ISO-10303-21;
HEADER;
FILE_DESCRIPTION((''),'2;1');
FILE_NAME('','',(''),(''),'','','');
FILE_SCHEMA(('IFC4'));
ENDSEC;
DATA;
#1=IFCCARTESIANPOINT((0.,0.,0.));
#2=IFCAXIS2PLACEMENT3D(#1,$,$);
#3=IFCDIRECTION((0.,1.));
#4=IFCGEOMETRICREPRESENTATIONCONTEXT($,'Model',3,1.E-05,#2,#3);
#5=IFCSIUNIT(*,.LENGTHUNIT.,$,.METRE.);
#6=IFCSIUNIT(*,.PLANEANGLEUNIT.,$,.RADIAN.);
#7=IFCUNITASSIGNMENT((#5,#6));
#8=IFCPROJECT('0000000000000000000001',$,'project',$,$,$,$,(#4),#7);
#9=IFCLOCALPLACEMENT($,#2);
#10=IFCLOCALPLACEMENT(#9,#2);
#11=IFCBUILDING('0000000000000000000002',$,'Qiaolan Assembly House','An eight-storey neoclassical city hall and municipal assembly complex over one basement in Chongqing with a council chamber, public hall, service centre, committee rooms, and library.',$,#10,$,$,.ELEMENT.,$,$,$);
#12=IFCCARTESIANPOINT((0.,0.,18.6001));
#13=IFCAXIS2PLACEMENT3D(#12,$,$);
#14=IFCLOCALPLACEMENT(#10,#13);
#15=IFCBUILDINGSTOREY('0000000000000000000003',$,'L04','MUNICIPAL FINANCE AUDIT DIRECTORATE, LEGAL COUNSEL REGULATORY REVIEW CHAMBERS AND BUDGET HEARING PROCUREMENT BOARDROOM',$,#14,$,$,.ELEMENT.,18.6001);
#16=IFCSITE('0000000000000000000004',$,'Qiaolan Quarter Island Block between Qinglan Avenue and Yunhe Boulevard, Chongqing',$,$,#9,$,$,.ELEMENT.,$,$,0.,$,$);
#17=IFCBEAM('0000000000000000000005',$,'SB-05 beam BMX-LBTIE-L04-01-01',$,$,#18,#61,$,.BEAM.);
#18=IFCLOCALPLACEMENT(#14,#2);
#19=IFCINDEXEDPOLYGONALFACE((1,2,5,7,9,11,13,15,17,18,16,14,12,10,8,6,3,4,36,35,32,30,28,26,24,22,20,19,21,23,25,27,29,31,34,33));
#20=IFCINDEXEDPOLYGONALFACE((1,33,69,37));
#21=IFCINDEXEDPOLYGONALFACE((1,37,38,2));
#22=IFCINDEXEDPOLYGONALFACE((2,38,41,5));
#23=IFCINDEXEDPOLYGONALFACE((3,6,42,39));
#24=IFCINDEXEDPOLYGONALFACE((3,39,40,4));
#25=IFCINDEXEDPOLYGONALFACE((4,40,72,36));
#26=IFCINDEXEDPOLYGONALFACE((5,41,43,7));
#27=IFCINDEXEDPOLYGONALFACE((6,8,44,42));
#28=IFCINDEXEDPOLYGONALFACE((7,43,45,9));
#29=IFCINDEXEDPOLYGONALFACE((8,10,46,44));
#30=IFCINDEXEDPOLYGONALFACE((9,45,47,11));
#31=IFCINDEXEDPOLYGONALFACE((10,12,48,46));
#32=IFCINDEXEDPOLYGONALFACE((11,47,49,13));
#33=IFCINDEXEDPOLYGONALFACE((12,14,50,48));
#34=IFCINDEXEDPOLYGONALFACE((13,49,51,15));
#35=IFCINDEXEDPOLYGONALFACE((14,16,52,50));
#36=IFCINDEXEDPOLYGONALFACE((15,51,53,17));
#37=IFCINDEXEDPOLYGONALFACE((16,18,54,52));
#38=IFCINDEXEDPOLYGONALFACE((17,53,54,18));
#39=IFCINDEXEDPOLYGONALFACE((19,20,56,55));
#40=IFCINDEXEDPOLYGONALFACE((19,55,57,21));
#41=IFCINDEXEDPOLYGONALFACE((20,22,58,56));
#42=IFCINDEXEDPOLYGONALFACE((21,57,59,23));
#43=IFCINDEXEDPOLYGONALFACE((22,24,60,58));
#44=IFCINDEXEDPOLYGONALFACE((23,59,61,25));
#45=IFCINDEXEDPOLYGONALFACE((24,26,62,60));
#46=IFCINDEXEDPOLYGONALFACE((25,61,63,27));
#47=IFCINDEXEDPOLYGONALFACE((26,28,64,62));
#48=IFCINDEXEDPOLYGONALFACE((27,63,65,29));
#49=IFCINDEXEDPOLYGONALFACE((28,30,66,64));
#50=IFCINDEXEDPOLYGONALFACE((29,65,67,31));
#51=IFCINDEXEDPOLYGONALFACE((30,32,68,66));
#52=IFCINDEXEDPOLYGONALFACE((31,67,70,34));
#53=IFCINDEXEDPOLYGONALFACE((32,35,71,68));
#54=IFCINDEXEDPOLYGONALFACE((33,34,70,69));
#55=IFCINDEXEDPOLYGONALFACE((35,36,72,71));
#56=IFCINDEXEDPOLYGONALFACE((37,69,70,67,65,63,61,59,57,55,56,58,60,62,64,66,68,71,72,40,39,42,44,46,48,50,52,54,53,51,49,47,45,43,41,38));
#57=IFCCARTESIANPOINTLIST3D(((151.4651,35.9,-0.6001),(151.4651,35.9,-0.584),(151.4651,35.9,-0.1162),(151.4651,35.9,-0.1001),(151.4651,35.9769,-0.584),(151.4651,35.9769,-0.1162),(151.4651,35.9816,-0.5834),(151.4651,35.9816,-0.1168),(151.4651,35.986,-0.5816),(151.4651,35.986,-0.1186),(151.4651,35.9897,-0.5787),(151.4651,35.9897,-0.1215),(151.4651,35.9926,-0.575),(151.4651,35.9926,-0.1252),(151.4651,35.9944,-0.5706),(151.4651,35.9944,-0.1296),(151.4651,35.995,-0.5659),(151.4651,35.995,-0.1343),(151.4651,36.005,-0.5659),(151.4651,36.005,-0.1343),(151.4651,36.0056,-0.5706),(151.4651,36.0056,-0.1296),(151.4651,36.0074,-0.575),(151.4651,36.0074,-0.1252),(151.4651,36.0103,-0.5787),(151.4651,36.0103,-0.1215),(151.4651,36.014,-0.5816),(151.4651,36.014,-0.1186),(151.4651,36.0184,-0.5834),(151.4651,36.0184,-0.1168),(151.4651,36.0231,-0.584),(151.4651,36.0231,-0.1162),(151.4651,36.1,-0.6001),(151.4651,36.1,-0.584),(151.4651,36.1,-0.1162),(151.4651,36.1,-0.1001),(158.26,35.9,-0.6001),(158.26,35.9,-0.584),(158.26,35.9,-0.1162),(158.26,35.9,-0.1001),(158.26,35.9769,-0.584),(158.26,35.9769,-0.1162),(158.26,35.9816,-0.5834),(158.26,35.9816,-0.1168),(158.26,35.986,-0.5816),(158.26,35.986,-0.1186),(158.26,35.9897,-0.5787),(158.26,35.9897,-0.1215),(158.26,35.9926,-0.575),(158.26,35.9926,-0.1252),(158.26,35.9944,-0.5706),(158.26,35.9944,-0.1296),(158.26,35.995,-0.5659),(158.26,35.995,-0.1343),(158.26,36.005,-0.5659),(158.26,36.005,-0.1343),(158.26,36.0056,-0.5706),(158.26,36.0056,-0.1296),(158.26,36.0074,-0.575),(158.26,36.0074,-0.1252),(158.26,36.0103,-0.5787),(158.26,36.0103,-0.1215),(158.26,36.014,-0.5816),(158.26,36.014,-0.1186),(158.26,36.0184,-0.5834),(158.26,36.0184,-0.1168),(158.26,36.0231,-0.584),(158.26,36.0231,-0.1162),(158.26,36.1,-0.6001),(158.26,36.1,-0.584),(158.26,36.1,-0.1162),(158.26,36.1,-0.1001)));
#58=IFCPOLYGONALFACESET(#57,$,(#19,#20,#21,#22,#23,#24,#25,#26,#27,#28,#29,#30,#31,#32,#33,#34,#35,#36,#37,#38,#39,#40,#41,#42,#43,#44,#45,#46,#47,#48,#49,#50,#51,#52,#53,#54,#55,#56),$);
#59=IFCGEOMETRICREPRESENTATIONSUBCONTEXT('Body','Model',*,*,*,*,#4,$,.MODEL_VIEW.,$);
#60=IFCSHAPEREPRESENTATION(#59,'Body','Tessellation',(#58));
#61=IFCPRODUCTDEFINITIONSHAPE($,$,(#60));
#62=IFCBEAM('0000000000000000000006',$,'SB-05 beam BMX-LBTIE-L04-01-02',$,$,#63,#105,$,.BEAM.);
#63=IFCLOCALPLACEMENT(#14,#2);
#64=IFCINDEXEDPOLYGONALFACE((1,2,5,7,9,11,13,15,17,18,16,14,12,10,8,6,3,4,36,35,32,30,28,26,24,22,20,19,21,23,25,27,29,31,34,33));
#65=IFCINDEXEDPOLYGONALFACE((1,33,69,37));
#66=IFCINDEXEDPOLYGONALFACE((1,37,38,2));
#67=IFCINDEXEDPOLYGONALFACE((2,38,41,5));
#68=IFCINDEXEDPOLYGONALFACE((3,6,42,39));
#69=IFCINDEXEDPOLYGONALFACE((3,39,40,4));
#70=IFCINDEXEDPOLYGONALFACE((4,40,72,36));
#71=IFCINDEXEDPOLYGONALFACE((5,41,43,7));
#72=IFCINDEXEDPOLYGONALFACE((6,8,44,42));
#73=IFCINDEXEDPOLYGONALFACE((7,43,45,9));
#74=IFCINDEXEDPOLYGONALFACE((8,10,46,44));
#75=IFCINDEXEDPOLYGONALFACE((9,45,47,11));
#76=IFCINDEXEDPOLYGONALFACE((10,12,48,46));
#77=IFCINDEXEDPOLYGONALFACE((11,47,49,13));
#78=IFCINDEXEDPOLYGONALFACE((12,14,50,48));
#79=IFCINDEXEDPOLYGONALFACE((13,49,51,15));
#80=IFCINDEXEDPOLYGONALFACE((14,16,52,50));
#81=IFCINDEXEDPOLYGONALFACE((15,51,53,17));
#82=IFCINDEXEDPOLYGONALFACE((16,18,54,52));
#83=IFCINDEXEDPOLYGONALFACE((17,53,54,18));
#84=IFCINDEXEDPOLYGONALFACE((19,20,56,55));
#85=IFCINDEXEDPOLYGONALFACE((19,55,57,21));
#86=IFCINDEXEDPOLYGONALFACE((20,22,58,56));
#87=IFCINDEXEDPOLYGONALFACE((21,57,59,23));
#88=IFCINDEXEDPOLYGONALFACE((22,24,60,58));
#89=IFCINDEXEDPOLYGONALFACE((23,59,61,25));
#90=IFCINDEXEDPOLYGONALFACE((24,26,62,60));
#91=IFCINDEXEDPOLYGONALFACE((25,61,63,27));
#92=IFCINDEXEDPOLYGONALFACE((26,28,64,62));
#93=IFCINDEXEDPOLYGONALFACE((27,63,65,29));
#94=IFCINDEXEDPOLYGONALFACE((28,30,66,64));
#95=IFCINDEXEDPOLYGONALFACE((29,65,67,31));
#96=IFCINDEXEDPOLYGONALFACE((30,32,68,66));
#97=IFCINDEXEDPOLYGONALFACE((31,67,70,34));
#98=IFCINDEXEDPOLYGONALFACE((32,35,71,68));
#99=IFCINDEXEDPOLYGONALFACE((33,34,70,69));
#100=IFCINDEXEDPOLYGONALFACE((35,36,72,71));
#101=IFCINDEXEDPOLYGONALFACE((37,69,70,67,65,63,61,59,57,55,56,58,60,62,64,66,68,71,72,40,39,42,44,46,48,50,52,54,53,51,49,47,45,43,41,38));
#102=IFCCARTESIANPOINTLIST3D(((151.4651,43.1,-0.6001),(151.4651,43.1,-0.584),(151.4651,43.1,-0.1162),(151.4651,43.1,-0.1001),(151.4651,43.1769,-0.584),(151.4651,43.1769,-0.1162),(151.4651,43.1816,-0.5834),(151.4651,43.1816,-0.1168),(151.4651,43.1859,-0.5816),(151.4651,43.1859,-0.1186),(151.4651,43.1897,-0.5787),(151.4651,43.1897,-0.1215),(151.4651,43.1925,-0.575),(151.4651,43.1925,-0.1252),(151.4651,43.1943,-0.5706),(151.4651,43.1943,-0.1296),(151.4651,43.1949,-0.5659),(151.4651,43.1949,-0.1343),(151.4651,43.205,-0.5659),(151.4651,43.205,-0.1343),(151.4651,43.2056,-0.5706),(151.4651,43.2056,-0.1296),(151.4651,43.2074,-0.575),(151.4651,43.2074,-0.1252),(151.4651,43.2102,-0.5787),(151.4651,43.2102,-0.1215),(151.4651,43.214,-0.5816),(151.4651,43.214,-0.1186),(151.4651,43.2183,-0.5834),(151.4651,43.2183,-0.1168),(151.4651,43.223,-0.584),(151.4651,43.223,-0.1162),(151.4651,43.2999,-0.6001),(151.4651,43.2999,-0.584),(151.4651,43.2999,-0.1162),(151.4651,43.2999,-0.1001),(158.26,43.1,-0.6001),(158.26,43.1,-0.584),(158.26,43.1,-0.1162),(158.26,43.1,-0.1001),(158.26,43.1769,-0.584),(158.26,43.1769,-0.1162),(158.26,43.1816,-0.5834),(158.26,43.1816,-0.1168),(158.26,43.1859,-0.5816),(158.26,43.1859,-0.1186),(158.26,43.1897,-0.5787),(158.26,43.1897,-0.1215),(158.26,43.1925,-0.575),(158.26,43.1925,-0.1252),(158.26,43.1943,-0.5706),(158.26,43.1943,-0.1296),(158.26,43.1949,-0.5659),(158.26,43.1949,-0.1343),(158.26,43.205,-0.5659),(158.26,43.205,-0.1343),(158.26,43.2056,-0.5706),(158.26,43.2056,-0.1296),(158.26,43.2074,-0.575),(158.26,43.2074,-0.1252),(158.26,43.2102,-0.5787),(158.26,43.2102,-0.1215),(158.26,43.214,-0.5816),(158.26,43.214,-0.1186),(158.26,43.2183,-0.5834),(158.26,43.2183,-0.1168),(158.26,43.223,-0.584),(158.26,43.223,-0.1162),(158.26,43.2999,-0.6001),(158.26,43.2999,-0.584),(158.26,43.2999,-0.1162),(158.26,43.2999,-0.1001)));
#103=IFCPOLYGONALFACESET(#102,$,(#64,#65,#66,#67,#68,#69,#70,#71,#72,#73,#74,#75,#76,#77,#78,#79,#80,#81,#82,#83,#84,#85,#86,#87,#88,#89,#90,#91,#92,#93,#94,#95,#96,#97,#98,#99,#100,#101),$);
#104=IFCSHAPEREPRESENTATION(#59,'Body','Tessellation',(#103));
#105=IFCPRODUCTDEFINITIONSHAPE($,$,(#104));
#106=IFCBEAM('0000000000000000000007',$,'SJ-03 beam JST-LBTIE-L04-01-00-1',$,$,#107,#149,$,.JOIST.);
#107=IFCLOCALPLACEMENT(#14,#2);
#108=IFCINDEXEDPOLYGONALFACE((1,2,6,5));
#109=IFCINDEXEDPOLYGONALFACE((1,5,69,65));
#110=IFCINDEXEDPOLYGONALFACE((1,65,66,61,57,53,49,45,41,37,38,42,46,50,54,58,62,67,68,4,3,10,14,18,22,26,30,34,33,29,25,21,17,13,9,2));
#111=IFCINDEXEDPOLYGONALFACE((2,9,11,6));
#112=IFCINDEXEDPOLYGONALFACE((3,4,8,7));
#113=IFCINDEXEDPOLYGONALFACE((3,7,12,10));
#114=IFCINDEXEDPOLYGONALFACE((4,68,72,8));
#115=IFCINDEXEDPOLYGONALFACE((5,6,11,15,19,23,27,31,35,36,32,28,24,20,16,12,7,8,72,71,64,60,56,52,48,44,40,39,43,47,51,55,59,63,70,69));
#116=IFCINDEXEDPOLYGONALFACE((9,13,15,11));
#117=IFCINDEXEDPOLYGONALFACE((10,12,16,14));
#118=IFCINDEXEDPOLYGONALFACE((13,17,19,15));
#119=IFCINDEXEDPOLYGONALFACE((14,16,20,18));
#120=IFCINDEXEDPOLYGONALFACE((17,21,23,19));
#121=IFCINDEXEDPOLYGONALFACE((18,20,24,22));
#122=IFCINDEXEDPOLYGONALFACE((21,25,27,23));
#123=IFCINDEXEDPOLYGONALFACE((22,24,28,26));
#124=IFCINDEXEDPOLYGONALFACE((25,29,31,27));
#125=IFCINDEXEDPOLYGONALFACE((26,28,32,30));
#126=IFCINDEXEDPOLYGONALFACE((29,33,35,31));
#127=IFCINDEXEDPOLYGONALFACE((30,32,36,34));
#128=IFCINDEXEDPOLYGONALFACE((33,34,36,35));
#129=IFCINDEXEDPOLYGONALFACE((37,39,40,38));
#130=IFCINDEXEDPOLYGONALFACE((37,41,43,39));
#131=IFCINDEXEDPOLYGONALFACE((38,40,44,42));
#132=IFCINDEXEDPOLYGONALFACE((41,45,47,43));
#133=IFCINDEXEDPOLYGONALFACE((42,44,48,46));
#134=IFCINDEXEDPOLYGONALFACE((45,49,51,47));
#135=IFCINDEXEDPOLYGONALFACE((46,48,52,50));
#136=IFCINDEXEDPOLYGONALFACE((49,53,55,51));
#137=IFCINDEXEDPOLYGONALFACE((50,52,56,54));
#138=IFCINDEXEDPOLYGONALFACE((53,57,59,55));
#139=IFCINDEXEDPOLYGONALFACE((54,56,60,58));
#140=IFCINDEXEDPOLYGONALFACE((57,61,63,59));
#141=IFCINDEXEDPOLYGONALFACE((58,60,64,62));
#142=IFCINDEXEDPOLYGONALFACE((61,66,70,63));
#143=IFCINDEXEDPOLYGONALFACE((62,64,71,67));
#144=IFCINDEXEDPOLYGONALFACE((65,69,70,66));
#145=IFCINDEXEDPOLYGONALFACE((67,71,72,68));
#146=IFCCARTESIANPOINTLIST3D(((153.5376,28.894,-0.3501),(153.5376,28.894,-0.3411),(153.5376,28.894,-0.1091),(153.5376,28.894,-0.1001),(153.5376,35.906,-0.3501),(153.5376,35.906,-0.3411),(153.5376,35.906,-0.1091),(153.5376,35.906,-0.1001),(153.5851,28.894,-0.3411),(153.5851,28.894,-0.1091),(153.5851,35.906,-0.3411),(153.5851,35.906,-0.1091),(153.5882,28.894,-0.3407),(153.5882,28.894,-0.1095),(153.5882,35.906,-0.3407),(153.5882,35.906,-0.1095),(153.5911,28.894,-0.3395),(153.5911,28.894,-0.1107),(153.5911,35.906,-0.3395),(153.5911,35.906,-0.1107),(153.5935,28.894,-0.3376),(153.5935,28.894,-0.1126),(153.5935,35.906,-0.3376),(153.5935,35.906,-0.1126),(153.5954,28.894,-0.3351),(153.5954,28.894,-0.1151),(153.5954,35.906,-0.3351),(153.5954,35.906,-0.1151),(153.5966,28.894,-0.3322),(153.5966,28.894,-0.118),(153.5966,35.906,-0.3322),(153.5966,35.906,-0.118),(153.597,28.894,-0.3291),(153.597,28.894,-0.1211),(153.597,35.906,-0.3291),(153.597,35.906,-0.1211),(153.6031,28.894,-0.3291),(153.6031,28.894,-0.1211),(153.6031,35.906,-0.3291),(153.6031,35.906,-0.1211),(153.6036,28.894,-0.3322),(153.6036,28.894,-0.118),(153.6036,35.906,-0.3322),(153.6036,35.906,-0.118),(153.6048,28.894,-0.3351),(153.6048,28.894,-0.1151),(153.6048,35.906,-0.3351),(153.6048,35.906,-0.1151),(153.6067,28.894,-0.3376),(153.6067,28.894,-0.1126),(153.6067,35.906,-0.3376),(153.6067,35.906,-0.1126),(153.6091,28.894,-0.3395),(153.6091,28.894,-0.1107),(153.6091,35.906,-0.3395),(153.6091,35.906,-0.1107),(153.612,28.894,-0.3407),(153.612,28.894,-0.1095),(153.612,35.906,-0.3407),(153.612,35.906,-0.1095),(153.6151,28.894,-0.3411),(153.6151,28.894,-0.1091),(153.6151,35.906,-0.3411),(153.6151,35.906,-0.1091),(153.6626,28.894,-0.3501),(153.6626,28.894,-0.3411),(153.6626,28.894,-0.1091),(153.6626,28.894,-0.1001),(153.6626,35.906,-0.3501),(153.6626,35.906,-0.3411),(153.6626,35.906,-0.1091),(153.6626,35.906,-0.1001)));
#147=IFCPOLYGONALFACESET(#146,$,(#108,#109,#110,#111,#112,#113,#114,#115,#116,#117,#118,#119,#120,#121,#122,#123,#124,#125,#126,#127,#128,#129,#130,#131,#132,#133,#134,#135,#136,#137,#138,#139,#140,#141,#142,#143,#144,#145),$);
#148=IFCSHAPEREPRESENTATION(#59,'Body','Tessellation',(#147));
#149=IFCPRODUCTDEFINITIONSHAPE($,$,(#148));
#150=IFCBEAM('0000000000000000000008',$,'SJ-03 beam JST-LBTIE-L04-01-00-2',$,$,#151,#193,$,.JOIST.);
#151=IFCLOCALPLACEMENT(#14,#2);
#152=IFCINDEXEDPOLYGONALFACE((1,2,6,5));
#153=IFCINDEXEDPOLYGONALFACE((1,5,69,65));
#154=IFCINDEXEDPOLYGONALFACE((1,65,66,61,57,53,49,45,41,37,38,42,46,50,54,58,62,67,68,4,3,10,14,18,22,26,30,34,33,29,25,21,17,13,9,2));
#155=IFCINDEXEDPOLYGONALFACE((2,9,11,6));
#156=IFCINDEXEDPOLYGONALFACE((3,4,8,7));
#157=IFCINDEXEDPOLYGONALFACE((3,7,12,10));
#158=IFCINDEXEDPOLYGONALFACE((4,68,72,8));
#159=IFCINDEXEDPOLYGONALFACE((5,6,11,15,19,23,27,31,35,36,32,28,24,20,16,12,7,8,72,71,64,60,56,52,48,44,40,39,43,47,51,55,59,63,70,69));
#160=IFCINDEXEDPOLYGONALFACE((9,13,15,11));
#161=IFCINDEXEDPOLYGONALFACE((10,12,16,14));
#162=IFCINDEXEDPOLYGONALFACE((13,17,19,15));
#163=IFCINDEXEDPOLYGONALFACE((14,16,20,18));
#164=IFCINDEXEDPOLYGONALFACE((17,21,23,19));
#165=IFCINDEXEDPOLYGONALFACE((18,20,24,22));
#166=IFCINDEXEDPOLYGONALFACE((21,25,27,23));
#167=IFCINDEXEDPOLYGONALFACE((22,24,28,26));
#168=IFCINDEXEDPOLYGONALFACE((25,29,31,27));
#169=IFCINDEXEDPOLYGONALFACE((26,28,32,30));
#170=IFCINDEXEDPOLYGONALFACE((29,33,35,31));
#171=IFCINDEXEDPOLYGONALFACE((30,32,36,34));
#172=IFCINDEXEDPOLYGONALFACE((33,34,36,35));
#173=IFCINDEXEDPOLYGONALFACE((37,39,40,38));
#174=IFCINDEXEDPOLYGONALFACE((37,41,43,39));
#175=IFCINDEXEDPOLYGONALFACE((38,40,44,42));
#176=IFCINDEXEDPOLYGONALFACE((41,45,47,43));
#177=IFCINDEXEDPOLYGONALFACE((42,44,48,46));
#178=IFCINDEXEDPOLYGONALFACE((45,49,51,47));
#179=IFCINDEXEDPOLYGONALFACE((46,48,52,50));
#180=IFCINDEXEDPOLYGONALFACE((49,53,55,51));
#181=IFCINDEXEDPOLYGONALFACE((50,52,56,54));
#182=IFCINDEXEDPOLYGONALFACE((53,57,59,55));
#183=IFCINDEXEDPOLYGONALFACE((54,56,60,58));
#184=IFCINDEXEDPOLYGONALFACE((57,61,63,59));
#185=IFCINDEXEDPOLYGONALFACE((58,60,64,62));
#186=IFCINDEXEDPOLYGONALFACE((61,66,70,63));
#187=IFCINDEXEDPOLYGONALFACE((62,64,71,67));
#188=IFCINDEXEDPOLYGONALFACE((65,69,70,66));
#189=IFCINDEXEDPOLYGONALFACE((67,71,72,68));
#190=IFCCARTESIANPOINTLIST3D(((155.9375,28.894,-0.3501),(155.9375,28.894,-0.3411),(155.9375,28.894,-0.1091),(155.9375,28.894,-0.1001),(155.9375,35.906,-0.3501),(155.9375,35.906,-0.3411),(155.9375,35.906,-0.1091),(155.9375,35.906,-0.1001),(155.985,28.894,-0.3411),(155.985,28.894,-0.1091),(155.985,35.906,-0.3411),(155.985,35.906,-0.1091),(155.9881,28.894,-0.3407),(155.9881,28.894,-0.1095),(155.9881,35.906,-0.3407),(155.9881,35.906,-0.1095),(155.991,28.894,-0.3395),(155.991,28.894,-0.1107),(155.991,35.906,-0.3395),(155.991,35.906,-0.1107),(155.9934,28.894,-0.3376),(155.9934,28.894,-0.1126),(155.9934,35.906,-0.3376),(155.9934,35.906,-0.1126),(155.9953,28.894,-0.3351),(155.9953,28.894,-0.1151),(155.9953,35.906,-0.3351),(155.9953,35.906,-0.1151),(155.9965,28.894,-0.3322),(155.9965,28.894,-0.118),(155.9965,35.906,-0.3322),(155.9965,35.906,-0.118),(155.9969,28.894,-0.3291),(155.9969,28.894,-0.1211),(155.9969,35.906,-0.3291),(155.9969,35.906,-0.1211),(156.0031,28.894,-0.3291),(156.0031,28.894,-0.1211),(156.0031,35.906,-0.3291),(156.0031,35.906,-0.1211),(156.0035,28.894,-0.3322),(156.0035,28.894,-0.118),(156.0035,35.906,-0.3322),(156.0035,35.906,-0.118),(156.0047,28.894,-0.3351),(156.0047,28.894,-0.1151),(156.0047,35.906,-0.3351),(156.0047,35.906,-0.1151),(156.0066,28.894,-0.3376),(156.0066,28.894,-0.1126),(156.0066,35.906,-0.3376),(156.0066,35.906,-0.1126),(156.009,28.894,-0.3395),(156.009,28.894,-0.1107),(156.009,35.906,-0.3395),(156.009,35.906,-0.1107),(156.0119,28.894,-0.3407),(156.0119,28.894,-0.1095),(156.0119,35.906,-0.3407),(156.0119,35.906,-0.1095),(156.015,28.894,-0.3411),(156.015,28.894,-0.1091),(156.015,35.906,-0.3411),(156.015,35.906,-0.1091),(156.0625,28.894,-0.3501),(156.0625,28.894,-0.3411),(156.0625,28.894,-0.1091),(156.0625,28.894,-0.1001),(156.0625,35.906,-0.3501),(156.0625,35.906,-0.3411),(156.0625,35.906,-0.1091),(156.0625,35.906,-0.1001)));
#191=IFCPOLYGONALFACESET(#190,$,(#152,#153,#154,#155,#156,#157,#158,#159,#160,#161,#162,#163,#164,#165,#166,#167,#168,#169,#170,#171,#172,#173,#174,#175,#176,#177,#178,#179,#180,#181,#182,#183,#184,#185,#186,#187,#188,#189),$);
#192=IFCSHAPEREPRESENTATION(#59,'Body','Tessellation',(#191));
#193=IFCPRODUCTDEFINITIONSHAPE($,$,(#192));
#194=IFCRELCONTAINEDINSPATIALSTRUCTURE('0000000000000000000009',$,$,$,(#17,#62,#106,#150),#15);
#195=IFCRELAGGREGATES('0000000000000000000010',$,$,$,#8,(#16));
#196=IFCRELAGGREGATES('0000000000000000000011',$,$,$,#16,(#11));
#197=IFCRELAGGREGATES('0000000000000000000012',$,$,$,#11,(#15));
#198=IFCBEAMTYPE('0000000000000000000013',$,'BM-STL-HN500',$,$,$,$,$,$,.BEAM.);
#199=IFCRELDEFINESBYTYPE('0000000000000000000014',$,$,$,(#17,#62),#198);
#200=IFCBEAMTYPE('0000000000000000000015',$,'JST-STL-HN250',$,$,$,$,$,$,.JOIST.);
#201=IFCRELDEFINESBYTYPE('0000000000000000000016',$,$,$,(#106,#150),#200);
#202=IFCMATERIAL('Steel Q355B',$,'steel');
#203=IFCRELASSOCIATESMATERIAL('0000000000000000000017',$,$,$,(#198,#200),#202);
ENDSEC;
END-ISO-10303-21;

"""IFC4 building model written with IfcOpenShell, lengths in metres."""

from ifc_helpers import new_model, si_unit, direction, frame, origin, origin_2d, place, context, subcontext, project, spatial, i_section, extrude, material, material_profile, profile_set, type_object, element, save


model = new_model("IFC4")

# Units and contexts
model_context = context("Model", 3, precision=1e-05, world=origin(), true_north=direction((0.0, 1.0)))
body_context = subcontext(model_context, "Body", "Model", "MODEL_VIEW")
ifc_project = project(units=[si_unit("LENGTHUNIT", "METRE"), si_unit("PLANEANGLEUNIT", "RADIAN")], contexts=[model_context])

# Site, building, storey
site_placement = place(None, origin())
site = spatial("IfcSite", under=ifc_project, at=site_placement, Name="Qiaolan Quarter Island Block between Qinglan Avenue and Yunhe Boulevard, Chongqing", CompositionType="ELEMENT", RefElevation=0.0)
building_placement = place(site_placement, origin())
building = spatial("IfcBuilding", under=site, at=building_placement, Name="Qiaolan Assembly House", Description="An eight-storey neoclassical city hall and municipal assembly complex over one basement in Chongqing with a council chamber, public hall, service centre, committee rooms, and library.", CompositionType="ELEMENT")
storey_placement = place(building_placement, frame((0.0, 0.0, 18.6001)))
storey = spatial("IfcBuildingStorey", under=building, at=storey_placement, Name="L04", Description="MUNICIPAL FINANCE AUDIT DIRECTORATE, LEGAL COUNSEL REGULATORY REVIEW CHAMBERS AND BUDGET HEARING PROCUREMENT BOARDROOM", CompositionType="ELEMENT", Elevation=18.6001)

# Shared definitions
ifc_material = material(Name="Steel Q355B", Category="steel")

# Beams
ifc_material_profile_1 = material_profile(ifc_material, i_section(OverallWidth=0.2, OverallDepth=0.5, WebThickness=0.01, FlangeThickness=0.0161, FilletRadius=0.0181, at=origin_2d()), Name="HN 500x200x10x16")
ifc_profile_set_1 = profile_set([ifc_material_profile_1], Name="Steel Q355B")
beam_type_1 = type_object("IfcBeamType", Name="BM-STL-HN500", PredefinedType="BEAM", material=ifc_profile_set_1)
for number, where, z_axis, x_axis, name in (
    (1, (151.4651, 36.0, -0.3501), (1.0, 0.0, 0.0), (0.0, 1.0, 0.0), "SB-05 beam BMX-LBTIE-L04-01-01"),
    (2, (151.4651, 43.2, -0.3501), (1.0, 0.0, 0.0), (0.0, 1.0, 0.0), "SB-05 beam BMX-LBTIE-L04-01-02"),
):
    element("IfcBeam", number, at=place(storey_placement, frame(where, z_axis=z_axis, x_axis=x_axis)), inside=storey, type_object=beam_type_1, Name=name, PredefinedType="BEAM", context=body_context, shape_type="SweptSolid", body=[
        extrude(i_section(OverallWidth=0.2, OverallDepth=0.5, WebThickness=0.01, FlangeThickness=0.0161, FilletRadius=0.0181, at=origin_2d()), origin(), (0.0, 0.0, 1.0), 6.7949),
    ])
ifc_material_profile_2 = material_profile(ifc_material, i_section(OverallWidth=0.125, OverallDepth=0.25, WebThickness=0.0061, FlangeThickness=0.009, FilletRadius=0.012, at=origin_2d()), Name="HN 250x125x6x9")
ifc_profile_set_2 = profile_set([ifc_material_profile_2], Name="Steel Q355B")
beam_type_2 = type_object("IfcBeamType", Name="JST-STL-HN250", PredefinedType="JOIST", material=ifc_profile_set_2)
for number, where, z_axis, x_axis, name in (
    (3, (153.6001, 28.894, -0.2251), (0.0, 1.0, 0.0), (-1.0, 0.0, 0.0), "SJ-03 beam JST-LBTIE-L04-01-00-1"),
    (4, (156.0, 28.894, -0.2251), (0.0, 1.0, 0.0), (-1.0, 0.0, 0.0), "SJ-03 beam JST-LBTIE-L04-01-00-2"),
):
    element("IfcBeam", number, at=place(storey_placement, frame(where, z_axis=z_axis, x_axis=x_axis)), inside=storey, type_object=beam_type_2, Name=name, PredefinedType="JOIST", context=body_context, shape_type="SweptSolid", body=[
        extrude(i_section(OverallWidth=0.125, OverallDepth=0.25, WebThickness=0.0061, FlangeThickness=0.009, FilletRadius=0.012, at=origin_2d()), origin(), (0.0, 0.0, 1.0), 7.012),
    ])

save(model, "model.ifc")
